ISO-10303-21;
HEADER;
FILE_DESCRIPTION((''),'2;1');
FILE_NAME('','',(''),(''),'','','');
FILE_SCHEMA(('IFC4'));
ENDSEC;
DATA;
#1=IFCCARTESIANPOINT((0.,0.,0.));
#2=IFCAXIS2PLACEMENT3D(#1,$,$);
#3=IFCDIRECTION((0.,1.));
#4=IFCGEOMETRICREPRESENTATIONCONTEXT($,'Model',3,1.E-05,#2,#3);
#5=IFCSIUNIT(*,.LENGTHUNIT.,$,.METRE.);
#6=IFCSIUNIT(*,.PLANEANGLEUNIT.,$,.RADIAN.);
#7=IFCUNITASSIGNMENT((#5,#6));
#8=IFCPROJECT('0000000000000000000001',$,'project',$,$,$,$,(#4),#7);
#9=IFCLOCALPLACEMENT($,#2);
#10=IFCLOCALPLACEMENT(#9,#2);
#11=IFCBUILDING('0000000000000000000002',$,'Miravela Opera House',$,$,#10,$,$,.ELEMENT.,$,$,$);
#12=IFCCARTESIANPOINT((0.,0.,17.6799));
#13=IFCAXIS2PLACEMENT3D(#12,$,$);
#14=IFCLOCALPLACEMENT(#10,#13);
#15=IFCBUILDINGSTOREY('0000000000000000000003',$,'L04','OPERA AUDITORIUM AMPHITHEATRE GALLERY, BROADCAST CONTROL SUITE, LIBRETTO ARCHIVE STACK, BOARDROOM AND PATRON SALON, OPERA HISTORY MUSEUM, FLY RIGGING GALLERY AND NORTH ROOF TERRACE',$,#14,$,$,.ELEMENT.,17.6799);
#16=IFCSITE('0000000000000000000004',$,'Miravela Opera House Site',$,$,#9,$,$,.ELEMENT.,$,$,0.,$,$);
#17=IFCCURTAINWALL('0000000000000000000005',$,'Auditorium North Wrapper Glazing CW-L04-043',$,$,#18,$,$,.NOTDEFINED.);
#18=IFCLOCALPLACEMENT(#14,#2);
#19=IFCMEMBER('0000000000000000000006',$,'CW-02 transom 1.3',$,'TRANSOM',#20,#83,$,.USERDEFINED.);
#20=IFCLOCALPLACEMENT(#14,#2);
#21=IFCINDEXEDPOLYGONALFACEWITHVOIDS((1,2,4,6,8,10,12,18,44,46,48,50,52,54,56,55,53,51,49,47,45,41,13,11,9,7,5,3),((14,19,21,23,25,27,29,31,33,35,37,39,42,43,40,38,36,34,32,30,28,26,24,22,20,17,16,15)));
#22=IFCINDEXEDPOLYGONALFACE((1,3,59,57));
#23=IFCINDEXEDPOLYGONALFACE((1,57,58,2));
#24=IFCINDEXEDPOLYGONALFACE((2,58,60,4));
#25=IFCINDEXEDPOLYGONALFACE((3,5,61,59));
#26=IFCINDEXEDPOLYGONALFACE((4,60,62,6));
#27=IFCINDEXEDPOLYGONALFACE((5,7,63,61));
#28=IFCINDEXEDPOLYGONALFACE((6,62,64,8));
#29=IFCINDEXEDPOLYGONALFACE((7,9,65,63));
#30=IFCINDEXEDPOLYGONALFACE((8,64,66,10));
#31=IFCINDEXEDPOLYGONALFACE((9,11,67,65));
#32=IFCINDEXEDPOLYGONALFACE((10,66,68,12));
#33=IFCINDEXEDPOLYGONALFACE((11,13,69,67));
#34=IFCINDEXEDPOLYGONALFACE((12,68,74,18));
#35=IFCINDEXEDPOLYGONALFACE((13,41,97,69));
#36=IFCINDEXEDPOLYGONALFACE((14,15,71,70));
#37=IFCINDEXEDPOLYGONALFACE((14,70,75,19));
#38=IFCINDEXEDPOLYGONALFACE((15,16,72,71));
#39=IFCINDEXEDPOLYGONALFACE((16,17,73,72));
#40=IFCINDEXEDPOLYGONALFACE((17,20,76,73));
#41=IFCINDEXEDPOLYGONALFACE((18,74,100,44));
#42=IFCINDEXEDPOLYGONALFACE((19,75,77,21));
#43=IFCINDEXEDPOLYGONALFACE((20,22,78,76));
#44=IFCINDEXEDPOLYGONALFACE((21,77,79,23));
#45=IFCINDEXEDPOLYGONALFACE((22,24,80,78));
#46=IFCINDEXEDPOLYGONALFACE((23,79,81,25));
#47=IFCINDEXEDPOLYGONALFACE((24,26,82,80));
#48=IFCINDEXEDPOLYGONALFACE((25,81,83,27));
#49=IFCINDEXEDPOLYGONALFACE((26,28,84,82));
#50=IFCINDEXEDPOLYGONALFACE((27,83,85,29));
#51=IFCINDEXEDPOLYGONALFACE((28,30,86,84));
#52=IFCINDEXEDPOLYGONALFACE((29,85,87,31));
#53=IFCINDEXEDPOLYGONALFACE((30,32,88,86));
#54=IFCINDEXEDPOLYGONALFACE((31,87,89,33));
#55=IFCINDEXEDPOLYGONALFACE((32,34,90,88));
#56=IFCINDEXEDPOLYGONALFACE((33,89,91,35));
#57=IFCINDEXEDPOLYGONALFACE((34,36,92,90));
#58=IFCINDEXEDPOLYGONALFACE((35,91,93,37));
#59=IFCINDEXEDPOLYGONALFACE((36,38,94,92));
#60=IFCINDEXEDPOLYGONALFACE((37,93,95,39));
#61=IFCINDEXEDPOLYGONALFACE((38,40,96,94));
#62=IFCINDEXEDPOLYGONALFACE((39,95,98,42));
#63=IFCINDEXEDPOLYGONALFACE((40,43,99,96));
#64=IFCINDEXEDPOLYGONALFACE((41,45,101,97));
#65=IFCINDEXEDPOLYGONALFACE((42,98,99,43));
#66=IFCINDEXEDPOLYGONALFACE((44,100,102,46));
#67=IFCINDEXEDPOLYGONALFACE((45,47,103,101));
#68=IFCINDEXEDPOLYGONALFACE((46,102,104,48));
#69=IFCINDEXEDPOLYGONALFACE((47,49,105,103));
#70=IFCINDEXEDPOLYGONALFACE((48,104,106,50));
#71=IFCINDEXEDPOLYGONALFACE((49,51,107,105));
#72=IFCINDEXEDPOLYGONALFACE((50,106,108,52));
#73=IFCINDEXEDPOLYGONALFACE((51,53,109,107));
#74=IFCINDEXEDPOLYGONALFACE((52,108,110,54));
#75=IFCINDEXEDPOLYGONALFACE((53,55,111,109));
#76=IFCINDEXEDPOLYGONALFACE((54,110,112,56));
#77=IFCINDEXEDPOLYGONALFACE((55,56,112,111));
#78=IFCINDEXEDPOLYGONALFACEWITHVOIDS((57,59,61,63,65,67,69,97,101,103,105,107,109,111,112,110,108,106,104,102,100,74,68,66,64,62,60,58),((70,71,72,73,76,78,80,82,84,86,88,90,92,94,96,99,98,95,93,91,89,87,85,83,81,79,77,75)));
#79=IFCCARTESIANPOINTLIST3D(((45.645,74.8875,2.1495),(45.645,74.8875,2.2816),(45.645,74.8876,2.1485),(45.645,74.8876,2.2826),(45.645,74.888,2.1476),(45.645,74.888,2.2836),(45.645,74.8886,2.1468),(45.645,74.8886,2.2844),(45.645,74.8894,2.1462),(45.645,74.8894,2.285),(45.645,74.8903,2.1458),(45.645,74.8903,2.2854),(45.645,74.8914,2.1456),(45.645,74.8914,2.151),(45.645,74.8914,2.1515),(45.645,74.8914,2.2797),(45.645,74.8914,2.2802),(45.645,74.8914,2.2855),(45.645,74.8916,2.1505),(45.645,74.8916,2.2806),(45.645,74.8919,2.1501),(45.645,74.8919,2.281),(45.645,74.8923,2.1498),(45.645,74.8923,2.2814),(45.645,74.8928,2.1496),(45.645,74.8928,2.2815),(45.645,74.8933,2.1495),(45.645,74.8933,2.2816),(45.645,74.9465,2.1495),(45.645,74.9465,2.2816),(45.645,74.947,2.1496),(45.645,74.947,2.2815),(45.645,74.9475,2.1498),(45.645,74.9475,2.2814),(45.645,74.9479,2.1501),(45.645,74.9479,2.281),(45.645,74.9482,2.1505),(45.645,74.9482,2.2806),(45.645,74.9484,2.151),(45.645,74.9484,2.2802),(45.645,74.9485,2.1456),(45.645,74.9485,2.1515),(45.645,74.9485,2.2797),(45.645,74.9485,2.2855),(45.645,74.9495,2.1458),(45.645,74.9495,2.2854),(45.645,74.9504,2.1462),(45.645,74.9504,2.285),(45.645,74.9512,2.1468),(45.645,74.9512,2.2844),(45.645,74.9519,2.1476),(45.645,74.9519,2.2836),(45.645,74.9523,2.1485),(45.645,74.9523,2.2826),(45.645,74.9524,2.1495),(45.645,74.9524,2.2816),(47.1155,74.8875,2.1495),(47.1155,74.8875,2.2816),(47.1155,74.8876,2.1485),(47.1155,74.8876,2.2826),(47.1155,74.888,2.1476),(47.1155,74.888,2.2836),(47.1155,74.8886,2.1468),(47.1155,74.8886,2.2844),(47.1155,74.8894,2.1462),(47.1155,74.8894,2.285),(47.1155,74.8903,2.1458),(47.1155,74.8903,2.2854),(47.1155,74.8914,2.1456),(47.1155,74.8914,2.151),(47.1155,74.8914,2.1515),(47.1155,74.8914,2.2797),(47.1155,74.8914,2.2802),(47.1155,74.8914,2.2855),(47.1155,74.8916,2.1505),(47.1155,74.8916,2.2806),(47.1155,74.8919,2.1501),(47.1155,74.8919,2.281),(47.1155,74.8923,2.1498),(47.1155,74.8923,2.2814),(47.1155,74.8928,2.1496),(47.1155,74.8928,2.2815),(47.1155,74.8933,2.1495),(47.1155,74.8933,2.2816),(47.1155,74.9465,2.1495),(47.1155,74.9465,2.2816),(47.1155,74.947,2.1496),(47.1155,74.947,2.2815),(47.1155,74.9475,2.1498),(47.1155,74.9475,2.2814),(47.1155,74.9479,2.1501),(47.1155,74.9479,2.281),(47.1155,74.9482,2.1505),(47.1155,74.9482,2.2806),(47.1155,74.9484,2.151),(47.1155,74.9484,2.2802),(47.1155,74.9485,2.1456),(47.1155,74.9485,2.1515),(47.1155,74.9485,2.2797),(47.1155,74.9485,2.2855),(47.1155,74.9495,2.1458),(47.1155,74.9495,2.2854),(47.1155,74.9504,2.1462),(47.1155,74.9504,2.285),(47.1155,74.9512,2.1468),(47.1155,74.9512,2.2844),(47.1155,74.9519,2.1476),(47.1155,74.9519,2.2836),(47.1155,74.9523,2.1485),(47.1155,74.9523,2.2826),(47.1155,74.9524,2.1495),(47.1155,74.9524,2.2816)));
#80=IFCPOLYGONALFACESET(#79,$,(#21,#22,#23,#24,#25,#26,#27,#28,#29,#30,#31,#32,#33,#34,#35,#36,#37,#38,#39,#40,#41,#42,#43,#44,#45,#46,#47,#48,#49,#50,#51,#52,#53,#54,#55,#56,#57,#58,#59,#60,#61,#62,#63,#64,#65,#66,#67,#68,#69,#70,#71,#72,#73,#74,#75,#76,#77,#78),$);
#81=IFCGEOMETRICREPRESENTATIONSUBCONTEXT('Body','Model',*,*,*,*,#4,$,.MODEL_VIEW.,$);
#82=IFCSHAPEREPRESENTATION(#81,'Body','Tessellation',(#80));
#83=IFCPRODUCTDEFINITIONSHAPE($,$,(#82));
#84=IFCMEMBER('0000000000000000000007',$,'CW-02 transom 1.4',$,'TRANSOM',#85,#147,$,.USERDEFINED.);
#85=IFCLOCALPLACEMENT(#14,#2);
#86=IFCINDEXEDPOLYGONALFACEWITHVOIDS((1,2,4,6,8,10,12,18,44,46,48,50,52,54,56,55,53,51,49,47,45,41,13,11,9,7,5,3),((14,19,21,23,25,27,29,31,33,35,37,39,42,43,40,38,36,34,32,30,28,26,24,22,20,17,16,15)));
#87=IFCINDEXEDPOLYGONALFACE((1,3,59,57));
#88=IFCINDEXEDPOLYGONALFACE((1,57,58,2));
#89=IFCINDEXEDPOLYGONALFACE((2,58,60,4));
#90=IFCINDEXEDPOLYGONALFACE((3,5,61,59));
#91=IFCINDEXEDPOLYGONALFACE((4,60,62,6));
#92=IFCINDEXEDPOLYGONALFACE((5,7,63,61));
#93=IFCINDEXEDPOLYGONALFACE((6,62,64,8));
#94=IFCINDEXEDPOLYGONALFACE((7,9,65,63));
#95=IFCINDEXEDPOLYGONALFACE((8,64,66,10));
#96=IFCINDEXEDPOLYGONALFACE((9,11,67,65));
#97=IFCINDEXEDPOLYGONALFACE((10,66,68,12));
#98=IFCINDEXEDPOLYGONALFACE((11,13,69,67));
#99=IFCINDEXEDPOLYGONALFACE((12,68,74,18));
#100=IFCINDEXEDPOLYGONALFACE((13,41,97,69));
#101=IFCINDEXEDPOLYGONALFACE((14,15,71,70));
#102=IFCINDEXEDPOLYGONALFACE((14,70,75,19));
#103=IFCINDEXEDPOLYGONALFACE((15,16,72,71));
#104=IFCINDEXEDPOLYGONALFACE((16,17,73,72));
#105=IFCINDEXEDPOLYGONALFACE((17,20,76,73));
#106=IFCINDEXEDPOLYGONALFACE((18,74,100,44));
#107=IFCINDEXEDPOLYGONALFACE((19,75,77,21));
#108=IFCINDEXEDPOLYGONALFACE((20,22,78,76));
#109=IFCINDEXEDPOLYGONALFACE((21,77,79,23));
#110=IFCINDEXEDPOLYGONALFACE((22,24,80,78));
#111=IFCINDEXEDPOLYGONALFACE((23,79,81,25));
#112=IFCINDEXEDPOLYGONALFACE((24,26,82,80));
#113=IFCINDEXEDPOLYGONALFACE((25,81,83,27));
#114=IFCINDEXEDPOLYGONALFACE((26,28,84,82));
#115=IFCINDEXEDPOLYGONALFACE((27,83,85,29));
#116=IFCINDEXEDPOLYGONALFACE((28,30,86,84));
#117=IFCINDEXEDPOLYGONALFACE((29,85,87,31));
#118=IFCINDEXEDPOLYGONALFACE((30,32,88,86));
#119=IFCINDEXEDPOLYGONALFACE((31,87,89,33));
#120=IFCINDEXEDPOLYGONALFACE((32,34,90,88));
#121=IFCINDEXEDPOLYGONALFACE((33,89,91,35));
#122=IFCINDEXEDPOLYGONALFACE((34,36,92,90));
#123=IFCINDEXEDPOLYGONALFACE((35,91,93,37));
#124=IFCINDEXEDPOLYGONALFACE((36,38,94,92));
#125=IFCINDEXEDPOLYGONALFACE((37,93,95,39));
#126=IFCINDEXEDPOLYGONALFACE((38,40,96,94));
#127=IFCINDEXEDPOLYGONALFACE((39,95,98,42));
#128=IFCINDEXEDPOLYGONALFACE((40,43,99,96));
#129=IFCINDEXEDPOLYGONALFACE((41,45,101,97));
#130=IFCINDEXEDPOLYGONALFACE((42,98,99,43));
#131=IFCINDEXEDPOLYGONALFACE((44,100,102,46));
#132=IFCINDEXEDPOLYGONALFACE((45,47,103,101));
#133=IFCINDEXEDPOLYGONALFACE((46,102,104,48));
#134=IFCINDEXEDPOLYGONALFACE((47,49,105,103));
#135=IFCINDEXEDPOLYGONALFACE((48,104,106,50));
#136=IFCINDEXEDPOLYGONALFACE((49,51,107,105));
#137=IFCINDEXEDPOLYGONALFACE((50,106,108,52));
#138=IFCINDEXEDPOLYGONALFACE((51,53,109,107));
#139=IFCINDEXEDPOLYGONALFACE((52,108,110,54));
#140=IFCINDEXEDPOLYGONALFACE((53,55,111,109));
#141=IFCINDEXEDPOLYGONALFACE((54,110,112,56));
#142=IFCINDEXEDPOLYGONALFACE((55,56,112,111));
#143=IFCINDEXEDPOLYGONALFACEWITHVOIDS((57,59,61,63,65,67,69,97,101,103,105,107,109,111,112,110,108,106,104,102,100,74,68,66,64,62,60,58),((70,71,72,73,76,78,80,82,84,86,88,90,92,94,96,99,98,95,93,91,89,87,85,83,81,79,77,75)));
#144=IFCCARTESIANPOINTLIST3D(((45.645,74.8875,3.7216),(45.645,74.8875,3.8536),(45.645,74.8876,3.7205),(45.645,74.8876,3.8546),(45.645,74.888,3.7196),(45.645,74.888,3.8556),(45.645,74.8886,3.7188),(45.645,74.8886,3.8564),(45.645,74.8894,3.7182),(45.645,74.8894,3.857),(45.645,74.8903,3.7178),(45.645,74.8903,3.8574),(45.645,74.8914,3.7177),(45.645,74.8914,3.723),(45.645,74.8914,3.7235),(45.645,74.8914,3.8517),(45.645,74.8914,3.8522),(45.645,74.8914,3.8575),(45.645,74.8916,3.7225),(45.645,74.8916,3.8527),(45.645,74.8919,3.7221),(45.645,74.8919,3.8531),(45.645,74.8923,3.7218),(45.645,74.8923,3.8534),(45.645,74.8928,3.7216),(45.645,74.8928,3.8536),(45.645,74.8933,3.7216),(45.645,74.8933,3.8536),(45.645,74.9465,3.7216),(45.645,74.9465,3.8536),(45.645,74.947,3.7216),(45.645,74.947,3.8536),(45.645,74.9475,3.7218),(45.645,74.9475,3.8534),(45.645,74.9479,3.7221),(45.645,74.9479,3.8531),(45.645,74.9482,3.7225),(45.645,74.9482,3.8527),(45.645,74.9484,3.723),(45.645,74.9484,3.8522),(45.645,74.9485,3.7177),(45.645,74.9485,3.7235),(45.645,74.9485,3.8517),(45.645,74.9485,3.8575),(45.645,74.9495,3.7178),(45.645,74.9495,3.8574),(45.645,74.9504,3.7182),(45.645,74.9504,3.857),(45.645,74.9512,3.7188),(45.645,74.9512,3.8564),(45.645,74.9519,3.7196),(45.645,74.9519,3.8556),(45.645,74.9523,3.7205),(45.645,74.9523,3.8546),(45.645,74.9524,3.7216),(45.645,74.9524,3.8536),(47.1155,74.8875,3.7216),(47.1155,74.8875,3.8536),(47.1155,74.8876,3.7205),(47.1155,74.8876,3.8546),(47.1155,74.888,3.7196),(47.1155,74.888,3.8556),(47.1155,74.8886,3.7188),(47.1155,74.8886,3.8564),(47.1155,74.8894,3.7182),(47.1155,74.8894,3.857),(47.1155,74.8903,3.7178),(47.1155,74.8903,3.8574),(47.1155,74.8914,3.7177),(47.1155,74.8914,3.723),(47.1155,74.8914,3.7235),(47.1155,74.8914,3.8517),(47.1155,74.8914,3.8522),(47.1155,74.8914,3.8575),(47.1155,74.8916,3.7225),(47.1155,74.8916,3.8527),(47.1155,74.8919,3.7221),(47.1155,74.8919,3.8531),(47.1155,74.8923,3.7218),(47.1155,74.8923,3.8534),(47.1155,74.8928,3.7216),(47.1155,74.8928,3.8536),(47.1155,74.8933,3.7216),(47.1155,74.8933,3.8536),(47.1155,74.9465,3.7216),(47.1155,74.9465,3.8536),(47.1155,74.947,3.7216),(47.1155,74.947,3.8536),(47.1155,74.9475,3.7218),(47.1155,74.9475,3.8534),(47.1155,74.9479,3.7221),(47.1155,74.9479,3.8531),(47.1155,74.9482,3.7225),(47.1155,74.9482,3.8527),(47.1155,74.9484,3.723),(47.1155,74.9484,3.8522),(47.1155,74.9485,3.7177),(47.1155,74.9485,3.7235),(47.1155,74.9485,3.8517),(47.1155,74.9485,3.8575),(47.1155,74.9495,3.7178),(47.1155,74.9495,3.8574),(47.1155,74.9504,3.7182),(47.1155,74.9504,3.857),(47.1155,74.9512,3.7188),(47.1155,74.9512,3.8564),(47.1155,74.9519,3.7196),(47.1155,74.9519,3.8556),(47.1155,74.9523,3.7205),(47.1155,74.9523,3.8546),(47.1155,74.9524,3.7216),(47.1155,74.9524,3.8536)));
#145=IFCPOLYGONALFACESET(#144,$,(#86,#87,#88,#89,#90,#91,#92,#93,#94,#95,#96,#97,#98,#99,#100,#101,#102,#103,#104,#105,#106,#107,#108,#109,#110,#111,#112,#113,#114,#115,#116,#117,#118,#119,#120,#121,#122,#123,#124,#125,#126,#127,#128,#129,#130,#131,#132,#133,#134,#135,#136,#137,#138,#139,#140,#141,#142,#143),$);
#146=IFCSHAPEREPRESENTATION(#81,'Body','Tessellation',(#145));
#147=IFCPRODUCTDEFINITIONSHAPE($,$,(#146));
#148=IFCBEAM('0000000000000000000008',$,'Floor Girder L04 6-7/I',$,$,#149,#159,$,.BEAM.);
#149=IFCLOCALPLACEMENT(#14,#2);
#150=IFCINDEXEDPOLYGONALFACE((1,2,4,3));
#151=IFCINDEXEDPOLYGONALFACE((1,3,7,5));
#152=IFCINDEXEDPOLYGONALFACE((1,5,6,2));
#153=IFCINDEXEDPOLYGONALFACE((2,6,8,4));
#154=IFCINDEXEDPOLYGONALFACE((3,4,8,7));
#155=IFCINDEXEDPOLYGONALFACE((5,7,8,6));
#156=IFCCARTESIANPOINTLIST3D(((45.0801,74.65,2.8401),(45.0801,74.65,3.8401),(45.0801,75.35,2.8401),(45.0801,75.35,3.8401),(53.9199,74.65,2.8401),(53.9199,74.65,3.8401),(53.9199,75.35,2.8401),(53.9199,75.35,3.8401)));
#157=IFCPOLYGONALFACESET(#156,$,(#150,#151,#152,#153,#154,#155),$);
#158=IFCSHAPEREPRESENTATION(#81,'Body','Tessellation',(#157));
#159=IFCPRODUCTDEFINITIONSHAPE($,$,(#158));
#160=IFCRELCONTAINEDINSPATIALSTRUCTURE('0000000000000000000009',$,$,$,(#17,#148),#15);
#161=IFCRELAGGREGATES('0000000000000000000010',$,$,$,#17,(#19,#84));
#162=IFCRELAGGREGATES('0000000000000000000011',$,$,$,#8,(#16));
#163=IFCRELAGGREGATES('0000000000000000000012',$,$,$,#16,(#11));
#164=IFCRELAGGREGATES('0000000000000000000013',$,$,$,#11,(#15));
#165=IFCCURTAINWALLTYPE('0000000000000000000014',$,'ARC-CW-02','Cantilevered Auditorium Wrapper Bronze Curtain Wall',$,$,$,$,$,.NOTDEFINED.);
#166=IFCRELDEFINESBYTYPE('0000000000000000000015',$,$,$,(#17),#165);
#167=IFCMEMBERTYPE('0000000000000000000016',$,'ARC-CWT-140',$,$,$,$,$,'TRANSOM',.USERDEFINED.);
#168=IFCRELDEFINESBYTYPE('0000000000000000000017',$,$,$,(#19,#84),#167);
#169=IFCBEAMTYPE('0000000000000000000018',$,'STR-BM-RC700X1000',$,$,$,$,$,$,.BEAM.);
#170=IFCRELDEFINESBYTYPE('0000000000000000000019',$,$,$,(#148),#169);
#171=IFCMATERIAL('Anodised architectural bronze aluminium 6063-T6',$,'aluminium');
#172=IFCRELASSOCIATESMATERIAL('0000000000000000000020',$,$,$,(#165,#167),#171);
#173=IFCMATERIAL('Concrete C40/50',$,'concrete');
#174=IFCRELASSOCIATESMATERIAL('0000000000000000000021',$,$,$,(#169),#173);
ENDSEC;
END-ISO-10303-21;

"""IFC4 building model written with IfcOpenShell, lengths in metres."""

from ifc_helpers import new_model, si_unit, direction, frame, origin, origin_2d, place, context, subcontext, project, spatial, rectangle, hollow_rectangle, extrude, material, material_profile, profile_set, type_object, element, aggregate, save


model = new_model("IFC4")

# Units and contexts
model_context = context("Model", 3, precision=1e-05, world=origin(), true_north=direction((0.0, 1.0)))
body_context = subcontext(model_context, "Body", "Model", "MODEL_VIEW")
ifc_project = project(units=[si_unit("LENGTHUNIT", "METRE"), si_unit("PLANEANGLEUNIT", "RADIAN")], contexts=[model_context])

# Site, building, storey
site_placement = place(None, origin())
site = spatial("IfcSite", under=ifc_project, at=site_placement, Name="Miravela Opera House Site", CompositionType="ELEMENT", RefElevation=0.0)
building_placement = place(site_placement, origin())
building = spatial("IfcBuilding", under=site, at=building_placement, Name="Miravela Opera House", CompositionType="ELEMENT")
storey_placement = place(building_placement, frame((0.0, 0.0, 17.6799)))
storey = spatial("IfcBuildingStorey", under=building, at=storey_placement, Name="L04", Description="OPERA AUDITORIUM AMPHITHEATRE GALLERY, BROADCAST CONTROL SUITE, LIBRETTO ARCHIVE STACK, BOARDROOM AND PATRON SALON, OPERA HISTORY MUSEUM, FLY RIGGING GALLERY AND NORTH ROOF TERRACE", CompositionType="ELEMENT", Elevation=17.6799)

# Curtain wall
ifc_material_1 = material(Name="Anodised architectural bronze aluminium 6063-T6", Category="aluminium")
curtain_wall_type = type_object("IfcCurtainWallType", Name="ARC-CW-02", Description="Cantilevered Auditorium Wrapper Bronze Curtain Wall", PredefinedType="NOTDEFINED", material=ifc_material_1)
curtain_wall_1_placement = place(storey_placement, origin())
curtain_wall_1 = element("IfcCurtainWall", 1, at=curtain_wall_1_placement, inside=storey, type_object=curtain_wall_type, Name="Auditorium North Wrapper Glazing CW-L04-043", PredefinedType="NOTDEFINED")

# Members
ifc_material_profile_1 = material_profile(ifc_material_1, hollow_rectangle(XDim=0.0649, YDim=0.1399, WallThickness=0.0039, InnerFilletRadius=0.002, OuterFilletRadius=0.0039, at=origin_2d()), Name="CWT-65X140")
ifc_profile_set_1 = profile_set([ifc_material_profile_1])
member_type_1 = type_object("IfcMemberType", Name="ARC-CWT-140", ElementType="TRANSOM", PredefinedType="USERDEFINED", material=ifc_profile_set_1)
member_1_placement = place(storey_placement, frame((45.645, 74.9199, 2.2156), z_axis=(1.0, 0.0, 0.0), x_axis=(0.0, 1.0, 0.0)))
member_1 = element("IfcMember", 2, at=member_1_placement, type_object=member_type_1, Name="CW-02 transom 1.3", ObjectType="TRANSOM", PredefinedType="USERDEFINED", context=body_context, shape_type="SweptSolid", body=[
    extrude(hollow_rectangle(XDim=0.0649, YDim=0.1399, WallThickness=0.0039, InnerFilletRadius=0.002, OuterFilletRadius=0.0039, at=origin_2d()), origin(), (0.0, 0.0, 1.0), 1.4705),
])
member_2_placement = place(storey_placement, frame((45.645, 74.9199, 3.7876), z_axis=(1.0, 0.0, 0.0), x_axis=(0.0, 1.0, 0.0)))
member_2 = element("IfcMember", 3, at=member_2_placement, type_object=member_type_1, Name="CW-02 transom 1.4", ObjectType="TRANSOM", PredefinedType="USERDEFINED", context=body_context, shape_type="SweptSolid", body=[
    extrude(hollow_rectangle(XDim=0.0649, YDim=0.1399, WallThickness=0.0039, InnerFilletRadius=0.002, OuterFilletRadius=0.0039, at=origin_2d()), origin(), (0.0, 0.0, 1.0), 1.4705),
])

# Beam
ifc_material_2 = material(Name="Concrete C40/50", Category="concrete")
ifc_material_profile_2 = material_profile(ifc_material_2, rectangle(XDim=0.7, YDim=1.0, at=origin_2d()), Name="RC-BM-700X1000")
ifc_profile_set_2 = profile_set([ifc_material_profile_2])
beam_type_1 = type_object("IfcBeamType", Name="STR-BM-RC700X1000", PredefinedType="BEAM", material=ifc_profile_set_2)
beam_1_placement = place(storey_placement, frame((45.0801, 75.0, 3.3401), z_axis=(1.0, 0.0, 0.0), x_axis=(0.0, 1.0, 0.0)))
element("IfcBeam", 4, at=beam_1_placement, inside=storey, type_object=beam_type_1, Name="Floor Girder L04 6-7/I", PredefinedType="BEAM", context=body_context, shape_type="SweptSolid", body=[
    extrude(rectangle(XDim=0.7, YDim=1.0, at=origin_2d()), origin(), (0.0, 0.0, 1.0), 8.8398),
])

aggregate(curtain_wall_1, [member_1, member_2])

save(model, "model.ifc")
